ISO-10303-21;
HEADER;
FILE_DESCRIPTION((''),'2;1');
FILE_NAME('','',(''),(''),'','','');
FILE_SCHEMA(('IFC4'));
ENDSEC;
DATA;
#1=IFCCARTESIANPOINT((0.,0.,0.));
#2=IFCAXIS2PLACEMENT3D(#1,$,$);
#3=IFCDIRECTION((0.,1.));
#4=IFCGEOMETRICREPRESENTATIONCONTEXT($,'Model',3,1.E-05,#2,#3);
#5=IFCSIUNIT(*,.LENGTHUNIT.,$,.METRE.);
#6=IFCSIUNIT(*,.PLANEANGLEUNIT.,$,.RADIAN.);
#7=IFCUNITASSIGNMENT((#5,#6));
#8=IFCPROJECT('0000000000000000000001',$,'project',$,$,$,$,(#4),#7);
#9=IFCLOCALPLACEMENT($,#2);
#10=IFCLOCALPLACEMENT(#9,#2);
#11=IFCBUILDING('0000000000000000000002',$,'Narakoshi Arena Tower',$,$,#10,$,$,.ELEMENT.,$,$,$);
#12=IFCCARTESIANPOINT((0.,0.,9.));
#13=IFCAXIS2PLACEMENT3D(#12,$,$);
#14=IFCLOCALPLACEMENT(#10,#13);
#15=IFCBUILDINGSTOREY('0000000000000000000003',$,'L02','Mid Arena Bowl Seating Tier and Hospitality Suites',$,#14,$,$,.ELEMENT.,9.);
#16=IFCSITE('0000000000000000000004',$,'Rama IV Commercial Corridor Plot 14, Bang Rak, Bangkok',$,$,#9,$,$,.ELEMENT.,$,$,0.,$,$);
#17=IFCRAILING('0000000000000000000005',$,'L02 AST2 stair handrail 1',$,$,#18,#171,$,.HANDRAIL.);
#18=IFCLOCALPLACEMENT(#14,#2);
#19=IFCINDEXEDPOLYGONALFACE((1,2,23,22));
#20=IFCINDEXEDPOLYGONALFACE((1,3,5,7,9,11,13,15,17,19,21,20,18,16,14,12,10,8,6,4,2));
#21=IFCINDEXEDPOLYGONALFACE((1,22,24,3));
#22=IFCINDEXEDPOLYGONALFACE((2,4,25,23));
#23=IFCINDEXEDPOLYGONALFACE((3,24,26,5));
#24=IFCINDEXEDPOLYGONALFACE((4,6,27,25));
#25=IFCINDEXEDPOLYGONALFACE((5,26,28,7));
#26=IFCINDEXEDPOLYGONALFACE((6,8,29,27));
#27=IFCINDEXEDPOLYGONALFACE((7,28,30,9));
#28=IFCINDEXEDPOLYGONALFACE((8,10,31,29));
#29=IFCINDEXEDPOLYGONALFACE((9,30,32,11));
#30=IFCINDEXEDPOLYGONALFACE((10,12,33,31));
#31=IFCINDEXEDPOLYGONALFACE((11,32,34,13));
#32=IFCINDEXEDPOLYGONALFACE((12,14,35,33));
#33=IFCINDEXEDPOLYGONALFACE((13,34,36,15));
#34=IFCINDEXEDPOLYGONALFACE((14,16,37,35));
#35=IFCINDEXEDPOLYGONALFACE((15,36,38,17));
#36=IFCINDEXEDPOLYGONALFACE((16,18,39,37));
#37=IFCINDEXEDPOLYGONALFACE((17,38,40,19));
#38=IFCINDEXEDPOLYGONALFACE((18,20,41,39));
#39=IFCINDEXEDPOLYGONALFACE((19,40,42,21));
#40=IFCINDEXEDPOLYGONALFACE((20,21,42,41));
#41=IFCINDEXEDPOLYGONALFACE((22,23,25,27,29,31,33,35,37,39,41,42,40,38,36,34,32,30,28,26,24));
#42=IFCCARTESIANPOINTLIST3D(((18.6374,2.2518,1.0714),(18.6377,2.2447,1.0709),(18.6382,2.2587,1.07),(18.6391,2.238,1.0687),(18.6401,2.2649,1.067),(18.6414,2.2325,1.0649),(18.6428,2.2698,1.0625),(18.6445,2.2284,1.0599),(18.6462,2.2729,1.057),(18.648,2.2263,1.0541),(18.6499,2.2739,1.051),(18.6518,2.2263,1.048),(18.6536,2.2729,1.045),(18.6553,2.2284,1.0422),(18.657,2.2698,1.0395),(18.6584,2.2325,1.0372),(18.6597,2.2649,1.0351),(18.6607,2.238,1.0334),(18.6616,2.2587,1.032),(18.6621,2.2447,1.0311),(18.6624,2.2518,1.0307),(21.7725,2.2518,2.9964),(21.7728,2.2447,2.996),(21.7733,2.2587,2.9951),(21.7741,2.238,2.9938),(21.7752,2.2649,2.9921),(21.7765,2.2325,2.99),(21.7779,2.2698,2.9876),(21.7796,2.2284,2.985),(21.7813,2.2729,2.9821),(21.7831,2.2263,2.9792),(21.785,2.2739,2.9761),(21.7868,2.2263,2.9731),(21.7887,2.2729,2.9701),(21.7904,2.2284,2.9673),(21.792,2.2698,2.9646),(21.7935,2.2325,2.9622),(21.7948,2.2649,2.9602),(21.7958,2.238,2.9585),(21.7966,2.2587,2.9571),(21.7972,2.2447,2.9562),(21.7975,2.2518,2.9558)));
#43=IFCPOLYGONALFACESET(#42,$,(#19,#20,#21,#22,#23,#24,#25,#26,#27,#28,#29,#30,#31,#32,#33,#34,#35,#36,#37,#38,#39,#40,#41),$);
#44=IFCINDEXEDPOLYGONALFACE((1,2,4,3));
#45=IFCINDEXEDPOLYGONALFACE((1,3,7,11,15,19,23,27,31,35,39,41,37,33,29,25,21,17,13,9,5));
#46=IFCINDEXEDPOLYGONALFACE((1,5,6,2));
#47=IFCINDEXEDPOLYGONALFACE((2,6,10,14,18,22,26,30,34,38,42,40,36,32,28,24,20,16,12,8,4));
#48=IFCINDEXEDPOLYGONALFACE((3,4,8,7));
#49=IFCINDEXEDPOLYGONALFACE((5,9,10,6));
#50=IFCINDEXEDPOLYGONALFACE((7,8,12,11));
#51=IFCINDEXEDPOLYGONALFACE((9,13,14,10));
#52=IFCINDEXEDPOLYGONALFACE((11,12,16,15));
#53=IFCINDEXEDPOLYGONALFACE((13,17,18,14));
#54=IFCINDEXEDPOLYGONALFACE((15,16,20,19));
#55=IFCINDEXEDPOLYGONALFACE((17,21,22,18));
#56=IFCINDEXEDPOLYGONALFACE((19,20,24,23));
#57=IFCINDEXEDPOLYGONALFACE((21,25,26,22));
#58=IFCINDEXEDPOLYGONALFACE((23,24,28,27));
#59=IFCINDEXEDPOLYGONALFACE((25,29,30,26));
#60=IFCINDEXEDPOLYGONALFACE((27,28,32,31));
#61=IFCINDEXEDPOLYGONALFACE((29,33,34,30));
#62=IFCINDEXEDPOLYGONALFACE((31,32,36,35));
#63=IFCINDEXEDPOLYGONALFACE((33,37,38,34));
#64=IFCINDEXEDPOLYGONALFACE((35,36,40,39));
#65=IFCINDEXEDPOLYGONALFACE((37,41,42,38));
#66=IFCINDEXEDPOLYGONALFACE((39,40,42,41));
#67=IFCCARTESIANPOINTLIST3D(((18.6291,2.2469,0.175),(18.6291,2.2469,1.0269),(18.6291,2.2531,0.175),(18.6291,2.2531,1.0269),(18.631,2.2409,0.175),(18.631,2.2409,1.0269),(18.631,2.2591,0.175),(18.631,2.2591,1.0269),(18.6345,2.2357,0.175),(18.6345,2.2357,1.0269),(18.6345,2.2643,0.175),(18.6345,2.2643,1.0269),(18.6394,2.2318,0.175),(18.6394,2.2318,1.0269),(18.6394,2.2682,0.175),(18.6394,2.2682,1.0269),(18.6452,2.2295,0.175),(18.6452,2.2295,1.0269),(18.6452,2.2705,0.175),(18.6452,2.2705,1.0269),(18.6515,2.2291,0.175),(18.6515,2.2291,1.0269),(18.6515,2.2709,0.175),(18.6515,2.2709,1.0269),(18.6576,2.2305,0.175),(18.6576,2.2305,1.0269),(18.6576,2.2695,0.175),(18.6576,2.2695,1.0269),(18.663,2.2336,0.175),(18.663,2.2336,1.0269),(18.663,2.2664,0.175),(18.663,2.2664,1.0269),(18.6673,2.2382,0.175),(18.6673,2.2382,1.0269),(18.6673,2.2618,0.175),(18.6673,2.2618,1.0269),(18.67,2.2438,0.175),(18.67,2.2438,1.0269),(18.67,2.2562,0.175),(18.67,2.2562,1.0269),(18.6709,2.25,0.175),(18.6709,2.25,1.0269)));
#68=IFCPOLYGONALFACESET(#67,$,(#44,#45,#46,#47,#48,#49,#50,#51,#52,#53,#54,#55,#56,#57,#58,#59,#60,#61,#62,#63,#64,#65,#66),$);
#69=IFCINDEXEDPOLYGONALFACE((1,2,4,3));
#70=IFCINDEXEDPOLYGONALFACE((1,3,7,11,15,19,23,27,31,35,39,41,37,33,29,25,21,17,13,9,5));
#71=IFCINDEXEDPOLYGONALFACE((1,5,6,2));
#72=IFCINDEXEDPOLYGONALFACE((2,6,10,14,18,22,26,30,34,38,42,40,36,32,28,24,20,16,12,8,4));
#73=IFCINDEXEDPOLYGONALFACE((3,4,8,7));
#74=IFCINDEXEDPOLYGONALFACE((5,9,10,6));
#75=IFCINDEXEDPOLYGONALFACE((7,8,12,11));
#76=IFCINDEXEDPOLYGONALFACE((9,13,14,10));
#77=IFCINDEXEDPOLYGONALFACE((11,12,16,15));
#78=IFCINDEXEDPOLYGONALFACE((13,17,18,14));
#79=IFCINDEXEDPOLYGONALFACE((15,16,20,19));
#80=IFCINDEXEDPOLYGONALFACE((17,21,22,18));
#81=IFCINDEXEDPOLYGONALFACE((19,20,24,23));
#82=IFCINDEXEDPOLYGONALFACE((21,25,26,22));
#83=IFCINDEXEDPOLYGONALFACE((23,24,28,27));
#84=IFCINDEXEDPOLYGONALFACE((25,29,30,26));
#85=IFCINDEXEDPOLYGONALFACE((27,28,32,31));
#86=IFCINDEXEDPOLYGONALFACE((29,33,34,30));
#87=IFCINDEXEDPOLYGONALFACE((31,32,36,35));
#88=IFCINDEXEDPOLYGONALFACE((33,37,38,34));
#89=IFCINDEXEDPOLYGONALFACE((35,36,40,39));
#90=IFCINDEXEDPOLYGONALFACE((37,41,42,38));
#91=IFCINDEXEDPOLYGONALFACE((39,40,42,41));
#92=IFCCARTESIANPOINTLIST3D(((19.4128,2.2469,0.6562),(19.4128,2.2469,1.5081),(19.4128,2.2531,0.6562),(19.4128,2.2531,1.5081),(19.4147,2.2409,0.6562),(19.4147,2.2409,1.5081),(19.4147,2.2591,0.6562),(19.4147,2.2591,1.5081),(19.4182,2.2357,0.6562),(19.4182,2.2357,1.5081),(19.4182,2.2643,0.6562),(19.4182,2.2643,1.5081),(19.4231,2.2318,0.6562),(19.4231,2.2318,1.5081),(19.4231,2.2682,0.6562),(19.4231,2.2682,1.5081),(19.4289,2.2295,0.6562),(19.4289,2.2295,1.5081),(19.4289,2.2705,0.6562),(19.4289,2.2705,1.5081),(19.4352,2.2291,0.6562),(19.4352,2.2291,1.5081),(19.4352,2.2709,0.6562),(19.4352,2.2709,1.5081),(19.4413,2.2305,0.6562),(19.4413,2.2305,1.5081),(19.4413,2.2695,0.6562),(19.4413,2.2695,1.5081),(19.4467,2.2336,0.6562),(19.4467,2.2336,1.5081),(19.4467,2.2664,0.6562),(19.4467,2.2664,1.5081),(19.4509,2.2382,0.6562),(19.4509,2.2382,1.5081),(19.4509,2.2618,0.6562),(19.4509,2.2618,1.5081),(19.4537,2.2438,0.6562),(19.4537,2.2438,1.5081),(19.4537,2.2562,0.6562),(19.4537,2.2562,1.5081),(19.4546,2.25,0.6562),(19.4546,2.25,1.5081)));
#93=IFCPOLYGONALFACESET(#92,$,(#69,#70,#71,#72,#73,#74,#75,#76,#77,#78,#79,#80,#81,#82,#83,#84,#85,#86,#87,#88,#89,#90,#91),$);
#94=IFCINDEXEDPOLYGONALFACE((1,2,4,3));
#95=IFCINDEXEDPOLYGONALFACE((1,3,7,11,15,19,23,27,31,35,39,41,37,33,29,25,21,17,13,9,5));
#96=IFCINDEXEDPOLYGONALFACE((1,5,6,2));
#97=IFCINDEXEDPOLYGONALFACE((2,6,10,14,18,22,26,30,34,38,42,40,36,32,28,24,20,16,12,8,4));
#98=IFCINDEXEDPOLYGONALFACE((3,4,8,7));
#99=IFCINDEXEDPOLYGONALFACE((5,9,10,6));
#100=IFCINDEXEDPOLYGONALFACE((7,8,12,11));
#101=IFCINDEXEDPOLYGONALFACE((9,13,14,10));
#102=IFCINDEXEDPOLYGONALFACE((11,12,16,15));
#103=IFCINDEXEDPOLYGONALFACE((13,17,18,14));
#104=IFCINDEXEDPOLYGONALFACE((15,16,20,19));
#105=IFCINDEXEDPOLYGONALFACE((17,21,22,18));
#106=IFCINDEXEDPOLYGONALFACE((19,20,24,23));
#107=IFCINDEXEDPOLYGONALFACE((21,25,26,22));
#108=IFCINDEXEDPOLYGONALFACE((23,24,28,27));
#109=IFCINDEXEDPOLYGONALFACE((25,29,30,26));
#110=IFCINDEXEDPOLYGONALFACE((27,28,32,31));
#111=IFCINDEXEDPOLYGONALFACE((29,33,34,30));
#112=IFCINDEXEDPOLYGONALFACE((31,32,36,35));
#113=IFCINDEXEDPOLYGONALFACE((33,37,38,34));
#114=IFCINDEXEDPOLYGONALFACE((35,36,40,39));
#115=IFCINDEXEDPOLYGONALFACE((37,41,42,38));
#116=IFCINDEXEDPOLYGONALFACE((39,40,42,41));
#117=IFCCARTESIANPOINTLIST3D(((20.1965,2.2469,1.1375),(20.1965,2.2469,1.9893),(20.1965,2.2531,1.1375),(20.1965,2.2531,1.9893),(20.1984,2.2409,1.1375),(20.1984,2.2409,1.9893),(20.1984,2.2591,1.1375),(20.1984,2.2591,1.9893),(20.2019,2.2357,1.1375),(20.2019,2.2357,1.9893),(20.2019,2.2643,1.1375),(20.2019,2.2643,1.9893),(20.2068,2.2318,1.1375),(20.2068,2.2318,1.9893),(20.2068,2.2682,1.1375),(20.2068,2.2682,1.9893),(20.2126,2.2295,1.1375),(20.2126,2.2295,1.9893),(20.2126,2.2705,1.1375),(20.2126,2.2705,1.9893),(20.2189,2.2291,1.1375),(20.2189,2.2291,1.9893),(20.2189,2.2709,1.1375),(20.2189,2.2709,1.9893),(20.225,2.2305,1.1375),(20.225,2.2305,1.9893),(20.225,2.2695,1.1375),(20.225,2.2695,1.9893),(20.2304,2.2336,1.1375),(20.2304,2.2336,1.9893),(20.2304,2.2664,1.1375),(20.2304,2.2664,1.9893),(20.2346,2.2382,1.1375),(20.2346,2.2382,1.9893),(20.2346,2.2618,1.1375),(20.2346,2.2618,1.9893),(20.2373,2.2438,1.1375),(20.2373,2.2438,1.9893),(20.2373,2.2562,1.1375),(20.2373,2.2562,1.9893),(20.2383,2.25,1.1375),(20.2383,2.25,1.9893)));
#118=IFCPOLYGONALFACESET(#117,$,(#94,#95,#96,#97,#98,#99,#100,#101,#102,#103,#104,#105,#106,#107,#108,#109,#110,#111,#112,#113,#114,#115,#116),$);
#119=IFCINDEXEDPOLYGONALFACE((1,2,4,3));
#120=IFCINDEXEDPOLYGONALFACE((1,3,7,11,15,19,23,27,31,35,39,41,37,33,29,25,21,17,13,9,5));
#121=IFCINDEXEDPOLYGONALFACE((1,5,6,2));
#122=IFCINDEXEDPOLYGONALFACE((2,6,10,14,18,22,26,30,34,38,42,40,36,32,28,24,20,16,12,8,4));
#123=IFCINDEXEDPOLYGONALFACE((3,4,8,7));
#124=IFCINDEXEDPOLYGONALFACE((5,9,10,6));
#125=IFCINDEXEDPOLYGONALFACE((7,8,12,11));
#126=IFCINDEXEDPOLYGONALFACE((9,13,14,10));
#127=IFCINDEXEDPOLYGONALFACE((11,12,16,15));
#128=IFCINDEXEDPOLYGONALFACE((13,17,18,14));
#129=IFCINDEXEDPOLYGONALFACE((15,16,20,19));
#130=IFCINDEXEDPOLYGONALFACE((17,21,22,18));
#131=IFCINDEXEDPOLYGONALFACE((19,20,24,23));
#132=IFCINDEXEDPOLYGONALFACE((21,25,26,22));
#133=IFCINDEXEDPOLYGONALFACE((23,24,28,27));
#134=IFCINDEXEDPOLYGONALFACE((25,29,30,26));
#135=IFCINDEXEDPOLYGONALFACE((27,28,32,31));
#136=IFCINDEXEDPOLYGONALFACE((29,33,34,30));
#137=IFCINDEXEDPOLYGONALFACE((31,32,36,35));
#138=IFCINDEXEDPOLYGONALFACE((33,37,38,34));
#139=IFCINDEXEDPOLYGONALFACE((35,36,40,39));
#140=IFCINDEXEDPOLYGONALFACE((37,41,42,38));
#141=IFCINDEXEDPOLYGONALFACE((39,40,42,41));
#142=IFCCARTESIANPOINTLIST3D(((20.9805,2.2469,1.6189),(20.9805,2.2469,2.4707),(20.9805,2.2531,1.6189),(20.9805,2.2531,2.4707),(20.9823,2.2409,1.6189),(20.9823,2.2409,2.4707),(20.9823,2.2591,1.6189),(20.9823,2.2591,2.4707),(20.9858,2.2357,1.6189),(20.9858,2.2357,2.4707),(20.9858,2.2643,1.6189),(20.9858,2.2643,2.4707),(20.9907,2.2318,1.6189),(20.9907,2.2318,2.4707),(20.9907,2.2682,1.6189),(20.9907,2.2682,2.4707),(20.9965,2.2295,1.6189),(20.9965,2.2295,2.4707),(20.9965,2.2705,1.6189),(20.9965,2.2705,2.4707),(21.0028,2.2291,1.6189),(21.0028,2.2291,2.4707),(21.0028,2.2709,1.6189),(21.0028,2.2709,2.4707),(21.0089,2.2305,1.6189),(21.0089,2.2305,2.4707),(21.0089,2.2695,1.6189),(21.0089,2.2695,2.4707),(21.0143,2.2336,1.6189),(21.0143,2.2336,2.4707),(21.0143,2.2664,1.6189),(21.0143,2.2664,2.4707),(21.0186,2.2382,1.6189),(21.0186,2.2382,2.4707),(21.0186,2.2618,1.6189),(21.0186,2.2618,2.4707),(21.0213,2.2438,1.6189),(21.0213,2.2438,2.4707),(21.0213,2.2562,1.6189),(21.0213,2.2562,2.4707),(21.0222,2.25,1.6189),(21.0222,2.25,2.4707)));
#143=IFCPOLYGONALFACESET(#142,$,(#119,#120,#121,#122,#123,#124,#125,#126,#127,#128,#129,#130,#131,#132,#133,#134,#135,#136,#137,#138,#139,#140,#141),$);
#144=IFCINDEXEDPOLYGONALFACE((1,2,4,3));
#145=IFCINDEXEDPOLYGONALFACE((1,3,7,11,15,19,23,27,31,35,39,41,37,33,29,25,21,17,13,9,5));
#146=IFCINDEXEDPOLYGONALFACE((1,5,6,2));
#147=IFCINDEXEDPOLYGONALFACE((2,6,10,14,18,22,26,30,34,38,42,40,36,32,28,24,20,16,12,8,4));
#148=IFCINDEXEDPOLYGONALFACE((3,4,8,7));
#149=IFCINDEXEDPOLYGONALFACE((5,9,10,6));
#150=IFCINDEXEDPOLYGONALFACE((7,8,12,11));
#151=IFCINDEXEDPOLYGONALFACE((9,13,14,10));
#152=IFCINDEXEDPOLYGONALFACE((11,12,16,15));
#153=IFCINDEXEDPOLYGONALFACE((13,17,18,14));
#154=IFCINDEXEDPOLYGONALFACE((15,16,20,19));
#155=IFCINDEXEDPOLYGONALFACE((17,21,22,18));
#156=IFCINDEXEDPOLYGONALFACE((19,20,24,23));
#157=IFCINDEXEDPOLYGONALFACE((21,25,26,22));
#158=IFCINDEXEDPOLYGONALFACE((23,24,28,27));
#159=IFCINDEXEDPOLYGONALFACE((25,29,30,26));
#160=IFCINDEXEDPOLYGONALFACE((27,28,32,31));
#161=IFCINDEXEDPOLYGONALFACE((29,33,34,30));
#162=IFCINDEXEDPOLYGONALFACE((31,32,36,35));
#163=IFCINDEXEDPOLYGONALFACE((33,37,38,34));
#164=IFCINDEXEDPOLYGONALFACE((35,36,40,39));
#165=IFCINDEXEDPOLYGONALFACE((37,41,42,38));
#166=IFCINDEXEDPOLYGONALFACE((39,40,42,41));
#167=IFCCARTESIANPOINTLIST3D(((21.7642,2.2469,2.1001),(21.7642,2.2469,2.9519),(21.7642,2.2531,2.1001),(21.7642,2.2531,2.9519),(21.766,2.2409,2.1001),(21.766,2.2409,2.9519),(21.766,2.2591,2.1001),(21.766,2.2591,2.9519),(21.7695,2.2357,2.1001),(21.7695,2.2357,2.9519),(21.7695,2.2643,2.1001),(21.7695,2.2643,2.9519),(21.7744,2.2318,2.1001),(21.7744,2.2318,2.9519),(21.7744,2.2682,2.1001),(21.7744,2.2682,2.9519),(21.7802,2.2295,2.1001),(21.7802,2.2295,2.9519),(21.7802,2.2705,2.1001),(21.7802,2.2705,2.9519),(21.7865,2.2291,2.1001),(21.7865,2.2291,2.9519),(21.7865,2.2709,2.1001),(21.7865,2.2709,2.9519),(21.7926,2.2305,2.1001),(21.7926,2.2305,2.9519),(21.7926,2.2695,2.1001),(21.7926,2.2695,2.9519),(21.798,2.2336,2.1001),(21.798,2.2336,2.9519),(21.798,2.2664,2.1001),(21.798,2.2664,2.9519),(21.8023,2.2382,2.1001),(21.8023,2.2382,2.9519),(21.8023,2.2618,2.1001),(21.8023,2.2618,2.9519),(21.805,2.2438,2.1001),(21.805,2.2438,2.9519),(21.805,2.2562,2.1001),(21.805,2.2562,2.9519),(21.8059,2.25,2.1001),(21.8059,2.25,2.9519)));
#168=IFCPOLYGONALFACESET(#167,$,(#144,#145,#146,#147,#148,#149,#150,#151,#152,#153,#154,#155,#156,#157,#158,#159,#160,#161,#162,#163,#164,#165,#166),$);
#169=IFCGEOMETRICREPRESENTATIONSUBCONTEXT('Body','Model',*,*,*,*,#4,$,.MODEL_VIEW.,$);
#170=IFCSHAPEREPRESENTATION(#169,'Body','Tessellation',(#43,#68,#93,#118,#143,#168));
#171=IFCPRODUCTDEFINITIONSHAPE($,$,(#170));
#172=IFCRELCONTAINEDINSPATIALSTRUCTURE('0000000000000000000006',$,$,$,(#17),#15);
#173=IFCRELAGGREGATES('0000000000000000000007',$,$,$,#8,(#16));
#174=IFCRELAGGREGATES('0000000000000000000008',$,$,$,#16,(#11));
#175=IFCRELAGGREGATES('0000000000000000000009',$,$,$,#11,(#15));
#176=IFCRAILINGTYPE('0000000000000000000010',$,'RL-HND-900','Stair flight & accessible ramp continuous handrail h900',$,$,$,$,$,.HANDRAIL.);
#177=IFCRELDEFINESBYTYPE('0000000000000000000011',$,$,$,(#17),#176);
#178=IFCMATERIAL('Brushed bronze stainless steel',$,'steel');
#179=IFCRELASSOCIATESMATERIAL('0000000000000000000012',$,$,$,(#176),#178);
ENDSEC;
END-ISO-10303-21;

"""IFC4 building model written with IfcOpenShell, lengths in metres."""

from ifc_helpers import new_model, si_unit, direction, frame, origin, origin_2d, place, context, subcontext, project, spatial, circle, extrude, material, type_object, element, save


model = new_model("IFC4")

# Units and contexts
model_context = context("Model", 3, precision=1e-05, world=origin(), true_north=direction((0.0, 1.0)))
body_context = subcontext(model_context, "Body", "Model", "MODEL_VIEW")
ifc_project = project(units=[si_unit("LENGTHUNIT", "METRE"), si_unit("PLANEANGLEUNIT", "RADIAN")], contexts=[model_context])

# Site, building, storey
site_placement = place(None, origin())
site = spatial("IfcSite", under=ifc_project, at=site_placement, Name="Rama IV Commercial Corridor Plot 14, Bang Rak, Bangkok", CompositionType="ELEMENT", RefElevation=0.0)
building_placement = place(site_placement, origin())
building = spatial("IfcBuilding", under=site, at=building_placement, Name="Narakoshi Arena Tower", CompositionType="ELEMENT")
storey_placement = place(building_placement, frame((0.0, 0.0, 9.0)))
storey = spatial("IfcBuildingStorey", under=building, at=storey_placement, Name="L02", Description="Mid Arena Bowl Seating Tier and Hospitality Suites", CompositionType="ELEMENT", Elevation=9.0)

# Railing
ifc_material_1 = material(Name="Brushed bronze stainless steel", Category="steel")
railing_type_1 = type_object("IfcRailingType", Name="RL-HND-900", Description="Stair flight & accessible ramp continuous handrail h900", PredefinedType="HANDRAIL", material=ifc_material_1)
for number, where, name in (
    (1, (18.6499, 2.25, 0.175), "L02 AST2 stair handrail 1"),
):
    element("IfcRailing", number, at=place(storey_placement, frame(where)), inside=storey, type_object=railing_type_1, Name=name, PredefinedType="HANDRAIL", context=body_context, shape_type="SweptSolid", body=[
        extrude(circle(Radius=0.0239, at=origin_2d()), frame((0.0, 0.0, 0.876), z_axis=(0.852166, 0.0, 0.523271), x_axis=(0.0, 1.0, 0.0)), (0.0, 0.0, 1.0), 3.679),
        extrude(circle(Radius=0.021, at=origin_2d()), origin(), (0.0, 0.0, 1.0), 0.8518),
        extrude(circle(Radius=0.021, at=origin_2d()), frame((0.7837, 0.0, 0.4812)), (0.0, 0.0, 1.0), 0.8518),
        extrude(circle(Radius=0.021, at=origin_2d()), frame((1.5674, 0.0, 0.9624)), (0.0, 0.0, 1.0), 0.8518),
        extrude(circle(Radius=0.021, at=origin_2d()), frame((2.3513, 0.0, 1.4438)), (0.0, 0.0, 1.0), 0.8518),
        extrude(circle(Radius=0.021, at=origin_2d()), frame((3.135, 0.0, 1.925)), (0.0, 0.0, 1.0), 0.8518),
    ])

save(model, "model.ifc")
